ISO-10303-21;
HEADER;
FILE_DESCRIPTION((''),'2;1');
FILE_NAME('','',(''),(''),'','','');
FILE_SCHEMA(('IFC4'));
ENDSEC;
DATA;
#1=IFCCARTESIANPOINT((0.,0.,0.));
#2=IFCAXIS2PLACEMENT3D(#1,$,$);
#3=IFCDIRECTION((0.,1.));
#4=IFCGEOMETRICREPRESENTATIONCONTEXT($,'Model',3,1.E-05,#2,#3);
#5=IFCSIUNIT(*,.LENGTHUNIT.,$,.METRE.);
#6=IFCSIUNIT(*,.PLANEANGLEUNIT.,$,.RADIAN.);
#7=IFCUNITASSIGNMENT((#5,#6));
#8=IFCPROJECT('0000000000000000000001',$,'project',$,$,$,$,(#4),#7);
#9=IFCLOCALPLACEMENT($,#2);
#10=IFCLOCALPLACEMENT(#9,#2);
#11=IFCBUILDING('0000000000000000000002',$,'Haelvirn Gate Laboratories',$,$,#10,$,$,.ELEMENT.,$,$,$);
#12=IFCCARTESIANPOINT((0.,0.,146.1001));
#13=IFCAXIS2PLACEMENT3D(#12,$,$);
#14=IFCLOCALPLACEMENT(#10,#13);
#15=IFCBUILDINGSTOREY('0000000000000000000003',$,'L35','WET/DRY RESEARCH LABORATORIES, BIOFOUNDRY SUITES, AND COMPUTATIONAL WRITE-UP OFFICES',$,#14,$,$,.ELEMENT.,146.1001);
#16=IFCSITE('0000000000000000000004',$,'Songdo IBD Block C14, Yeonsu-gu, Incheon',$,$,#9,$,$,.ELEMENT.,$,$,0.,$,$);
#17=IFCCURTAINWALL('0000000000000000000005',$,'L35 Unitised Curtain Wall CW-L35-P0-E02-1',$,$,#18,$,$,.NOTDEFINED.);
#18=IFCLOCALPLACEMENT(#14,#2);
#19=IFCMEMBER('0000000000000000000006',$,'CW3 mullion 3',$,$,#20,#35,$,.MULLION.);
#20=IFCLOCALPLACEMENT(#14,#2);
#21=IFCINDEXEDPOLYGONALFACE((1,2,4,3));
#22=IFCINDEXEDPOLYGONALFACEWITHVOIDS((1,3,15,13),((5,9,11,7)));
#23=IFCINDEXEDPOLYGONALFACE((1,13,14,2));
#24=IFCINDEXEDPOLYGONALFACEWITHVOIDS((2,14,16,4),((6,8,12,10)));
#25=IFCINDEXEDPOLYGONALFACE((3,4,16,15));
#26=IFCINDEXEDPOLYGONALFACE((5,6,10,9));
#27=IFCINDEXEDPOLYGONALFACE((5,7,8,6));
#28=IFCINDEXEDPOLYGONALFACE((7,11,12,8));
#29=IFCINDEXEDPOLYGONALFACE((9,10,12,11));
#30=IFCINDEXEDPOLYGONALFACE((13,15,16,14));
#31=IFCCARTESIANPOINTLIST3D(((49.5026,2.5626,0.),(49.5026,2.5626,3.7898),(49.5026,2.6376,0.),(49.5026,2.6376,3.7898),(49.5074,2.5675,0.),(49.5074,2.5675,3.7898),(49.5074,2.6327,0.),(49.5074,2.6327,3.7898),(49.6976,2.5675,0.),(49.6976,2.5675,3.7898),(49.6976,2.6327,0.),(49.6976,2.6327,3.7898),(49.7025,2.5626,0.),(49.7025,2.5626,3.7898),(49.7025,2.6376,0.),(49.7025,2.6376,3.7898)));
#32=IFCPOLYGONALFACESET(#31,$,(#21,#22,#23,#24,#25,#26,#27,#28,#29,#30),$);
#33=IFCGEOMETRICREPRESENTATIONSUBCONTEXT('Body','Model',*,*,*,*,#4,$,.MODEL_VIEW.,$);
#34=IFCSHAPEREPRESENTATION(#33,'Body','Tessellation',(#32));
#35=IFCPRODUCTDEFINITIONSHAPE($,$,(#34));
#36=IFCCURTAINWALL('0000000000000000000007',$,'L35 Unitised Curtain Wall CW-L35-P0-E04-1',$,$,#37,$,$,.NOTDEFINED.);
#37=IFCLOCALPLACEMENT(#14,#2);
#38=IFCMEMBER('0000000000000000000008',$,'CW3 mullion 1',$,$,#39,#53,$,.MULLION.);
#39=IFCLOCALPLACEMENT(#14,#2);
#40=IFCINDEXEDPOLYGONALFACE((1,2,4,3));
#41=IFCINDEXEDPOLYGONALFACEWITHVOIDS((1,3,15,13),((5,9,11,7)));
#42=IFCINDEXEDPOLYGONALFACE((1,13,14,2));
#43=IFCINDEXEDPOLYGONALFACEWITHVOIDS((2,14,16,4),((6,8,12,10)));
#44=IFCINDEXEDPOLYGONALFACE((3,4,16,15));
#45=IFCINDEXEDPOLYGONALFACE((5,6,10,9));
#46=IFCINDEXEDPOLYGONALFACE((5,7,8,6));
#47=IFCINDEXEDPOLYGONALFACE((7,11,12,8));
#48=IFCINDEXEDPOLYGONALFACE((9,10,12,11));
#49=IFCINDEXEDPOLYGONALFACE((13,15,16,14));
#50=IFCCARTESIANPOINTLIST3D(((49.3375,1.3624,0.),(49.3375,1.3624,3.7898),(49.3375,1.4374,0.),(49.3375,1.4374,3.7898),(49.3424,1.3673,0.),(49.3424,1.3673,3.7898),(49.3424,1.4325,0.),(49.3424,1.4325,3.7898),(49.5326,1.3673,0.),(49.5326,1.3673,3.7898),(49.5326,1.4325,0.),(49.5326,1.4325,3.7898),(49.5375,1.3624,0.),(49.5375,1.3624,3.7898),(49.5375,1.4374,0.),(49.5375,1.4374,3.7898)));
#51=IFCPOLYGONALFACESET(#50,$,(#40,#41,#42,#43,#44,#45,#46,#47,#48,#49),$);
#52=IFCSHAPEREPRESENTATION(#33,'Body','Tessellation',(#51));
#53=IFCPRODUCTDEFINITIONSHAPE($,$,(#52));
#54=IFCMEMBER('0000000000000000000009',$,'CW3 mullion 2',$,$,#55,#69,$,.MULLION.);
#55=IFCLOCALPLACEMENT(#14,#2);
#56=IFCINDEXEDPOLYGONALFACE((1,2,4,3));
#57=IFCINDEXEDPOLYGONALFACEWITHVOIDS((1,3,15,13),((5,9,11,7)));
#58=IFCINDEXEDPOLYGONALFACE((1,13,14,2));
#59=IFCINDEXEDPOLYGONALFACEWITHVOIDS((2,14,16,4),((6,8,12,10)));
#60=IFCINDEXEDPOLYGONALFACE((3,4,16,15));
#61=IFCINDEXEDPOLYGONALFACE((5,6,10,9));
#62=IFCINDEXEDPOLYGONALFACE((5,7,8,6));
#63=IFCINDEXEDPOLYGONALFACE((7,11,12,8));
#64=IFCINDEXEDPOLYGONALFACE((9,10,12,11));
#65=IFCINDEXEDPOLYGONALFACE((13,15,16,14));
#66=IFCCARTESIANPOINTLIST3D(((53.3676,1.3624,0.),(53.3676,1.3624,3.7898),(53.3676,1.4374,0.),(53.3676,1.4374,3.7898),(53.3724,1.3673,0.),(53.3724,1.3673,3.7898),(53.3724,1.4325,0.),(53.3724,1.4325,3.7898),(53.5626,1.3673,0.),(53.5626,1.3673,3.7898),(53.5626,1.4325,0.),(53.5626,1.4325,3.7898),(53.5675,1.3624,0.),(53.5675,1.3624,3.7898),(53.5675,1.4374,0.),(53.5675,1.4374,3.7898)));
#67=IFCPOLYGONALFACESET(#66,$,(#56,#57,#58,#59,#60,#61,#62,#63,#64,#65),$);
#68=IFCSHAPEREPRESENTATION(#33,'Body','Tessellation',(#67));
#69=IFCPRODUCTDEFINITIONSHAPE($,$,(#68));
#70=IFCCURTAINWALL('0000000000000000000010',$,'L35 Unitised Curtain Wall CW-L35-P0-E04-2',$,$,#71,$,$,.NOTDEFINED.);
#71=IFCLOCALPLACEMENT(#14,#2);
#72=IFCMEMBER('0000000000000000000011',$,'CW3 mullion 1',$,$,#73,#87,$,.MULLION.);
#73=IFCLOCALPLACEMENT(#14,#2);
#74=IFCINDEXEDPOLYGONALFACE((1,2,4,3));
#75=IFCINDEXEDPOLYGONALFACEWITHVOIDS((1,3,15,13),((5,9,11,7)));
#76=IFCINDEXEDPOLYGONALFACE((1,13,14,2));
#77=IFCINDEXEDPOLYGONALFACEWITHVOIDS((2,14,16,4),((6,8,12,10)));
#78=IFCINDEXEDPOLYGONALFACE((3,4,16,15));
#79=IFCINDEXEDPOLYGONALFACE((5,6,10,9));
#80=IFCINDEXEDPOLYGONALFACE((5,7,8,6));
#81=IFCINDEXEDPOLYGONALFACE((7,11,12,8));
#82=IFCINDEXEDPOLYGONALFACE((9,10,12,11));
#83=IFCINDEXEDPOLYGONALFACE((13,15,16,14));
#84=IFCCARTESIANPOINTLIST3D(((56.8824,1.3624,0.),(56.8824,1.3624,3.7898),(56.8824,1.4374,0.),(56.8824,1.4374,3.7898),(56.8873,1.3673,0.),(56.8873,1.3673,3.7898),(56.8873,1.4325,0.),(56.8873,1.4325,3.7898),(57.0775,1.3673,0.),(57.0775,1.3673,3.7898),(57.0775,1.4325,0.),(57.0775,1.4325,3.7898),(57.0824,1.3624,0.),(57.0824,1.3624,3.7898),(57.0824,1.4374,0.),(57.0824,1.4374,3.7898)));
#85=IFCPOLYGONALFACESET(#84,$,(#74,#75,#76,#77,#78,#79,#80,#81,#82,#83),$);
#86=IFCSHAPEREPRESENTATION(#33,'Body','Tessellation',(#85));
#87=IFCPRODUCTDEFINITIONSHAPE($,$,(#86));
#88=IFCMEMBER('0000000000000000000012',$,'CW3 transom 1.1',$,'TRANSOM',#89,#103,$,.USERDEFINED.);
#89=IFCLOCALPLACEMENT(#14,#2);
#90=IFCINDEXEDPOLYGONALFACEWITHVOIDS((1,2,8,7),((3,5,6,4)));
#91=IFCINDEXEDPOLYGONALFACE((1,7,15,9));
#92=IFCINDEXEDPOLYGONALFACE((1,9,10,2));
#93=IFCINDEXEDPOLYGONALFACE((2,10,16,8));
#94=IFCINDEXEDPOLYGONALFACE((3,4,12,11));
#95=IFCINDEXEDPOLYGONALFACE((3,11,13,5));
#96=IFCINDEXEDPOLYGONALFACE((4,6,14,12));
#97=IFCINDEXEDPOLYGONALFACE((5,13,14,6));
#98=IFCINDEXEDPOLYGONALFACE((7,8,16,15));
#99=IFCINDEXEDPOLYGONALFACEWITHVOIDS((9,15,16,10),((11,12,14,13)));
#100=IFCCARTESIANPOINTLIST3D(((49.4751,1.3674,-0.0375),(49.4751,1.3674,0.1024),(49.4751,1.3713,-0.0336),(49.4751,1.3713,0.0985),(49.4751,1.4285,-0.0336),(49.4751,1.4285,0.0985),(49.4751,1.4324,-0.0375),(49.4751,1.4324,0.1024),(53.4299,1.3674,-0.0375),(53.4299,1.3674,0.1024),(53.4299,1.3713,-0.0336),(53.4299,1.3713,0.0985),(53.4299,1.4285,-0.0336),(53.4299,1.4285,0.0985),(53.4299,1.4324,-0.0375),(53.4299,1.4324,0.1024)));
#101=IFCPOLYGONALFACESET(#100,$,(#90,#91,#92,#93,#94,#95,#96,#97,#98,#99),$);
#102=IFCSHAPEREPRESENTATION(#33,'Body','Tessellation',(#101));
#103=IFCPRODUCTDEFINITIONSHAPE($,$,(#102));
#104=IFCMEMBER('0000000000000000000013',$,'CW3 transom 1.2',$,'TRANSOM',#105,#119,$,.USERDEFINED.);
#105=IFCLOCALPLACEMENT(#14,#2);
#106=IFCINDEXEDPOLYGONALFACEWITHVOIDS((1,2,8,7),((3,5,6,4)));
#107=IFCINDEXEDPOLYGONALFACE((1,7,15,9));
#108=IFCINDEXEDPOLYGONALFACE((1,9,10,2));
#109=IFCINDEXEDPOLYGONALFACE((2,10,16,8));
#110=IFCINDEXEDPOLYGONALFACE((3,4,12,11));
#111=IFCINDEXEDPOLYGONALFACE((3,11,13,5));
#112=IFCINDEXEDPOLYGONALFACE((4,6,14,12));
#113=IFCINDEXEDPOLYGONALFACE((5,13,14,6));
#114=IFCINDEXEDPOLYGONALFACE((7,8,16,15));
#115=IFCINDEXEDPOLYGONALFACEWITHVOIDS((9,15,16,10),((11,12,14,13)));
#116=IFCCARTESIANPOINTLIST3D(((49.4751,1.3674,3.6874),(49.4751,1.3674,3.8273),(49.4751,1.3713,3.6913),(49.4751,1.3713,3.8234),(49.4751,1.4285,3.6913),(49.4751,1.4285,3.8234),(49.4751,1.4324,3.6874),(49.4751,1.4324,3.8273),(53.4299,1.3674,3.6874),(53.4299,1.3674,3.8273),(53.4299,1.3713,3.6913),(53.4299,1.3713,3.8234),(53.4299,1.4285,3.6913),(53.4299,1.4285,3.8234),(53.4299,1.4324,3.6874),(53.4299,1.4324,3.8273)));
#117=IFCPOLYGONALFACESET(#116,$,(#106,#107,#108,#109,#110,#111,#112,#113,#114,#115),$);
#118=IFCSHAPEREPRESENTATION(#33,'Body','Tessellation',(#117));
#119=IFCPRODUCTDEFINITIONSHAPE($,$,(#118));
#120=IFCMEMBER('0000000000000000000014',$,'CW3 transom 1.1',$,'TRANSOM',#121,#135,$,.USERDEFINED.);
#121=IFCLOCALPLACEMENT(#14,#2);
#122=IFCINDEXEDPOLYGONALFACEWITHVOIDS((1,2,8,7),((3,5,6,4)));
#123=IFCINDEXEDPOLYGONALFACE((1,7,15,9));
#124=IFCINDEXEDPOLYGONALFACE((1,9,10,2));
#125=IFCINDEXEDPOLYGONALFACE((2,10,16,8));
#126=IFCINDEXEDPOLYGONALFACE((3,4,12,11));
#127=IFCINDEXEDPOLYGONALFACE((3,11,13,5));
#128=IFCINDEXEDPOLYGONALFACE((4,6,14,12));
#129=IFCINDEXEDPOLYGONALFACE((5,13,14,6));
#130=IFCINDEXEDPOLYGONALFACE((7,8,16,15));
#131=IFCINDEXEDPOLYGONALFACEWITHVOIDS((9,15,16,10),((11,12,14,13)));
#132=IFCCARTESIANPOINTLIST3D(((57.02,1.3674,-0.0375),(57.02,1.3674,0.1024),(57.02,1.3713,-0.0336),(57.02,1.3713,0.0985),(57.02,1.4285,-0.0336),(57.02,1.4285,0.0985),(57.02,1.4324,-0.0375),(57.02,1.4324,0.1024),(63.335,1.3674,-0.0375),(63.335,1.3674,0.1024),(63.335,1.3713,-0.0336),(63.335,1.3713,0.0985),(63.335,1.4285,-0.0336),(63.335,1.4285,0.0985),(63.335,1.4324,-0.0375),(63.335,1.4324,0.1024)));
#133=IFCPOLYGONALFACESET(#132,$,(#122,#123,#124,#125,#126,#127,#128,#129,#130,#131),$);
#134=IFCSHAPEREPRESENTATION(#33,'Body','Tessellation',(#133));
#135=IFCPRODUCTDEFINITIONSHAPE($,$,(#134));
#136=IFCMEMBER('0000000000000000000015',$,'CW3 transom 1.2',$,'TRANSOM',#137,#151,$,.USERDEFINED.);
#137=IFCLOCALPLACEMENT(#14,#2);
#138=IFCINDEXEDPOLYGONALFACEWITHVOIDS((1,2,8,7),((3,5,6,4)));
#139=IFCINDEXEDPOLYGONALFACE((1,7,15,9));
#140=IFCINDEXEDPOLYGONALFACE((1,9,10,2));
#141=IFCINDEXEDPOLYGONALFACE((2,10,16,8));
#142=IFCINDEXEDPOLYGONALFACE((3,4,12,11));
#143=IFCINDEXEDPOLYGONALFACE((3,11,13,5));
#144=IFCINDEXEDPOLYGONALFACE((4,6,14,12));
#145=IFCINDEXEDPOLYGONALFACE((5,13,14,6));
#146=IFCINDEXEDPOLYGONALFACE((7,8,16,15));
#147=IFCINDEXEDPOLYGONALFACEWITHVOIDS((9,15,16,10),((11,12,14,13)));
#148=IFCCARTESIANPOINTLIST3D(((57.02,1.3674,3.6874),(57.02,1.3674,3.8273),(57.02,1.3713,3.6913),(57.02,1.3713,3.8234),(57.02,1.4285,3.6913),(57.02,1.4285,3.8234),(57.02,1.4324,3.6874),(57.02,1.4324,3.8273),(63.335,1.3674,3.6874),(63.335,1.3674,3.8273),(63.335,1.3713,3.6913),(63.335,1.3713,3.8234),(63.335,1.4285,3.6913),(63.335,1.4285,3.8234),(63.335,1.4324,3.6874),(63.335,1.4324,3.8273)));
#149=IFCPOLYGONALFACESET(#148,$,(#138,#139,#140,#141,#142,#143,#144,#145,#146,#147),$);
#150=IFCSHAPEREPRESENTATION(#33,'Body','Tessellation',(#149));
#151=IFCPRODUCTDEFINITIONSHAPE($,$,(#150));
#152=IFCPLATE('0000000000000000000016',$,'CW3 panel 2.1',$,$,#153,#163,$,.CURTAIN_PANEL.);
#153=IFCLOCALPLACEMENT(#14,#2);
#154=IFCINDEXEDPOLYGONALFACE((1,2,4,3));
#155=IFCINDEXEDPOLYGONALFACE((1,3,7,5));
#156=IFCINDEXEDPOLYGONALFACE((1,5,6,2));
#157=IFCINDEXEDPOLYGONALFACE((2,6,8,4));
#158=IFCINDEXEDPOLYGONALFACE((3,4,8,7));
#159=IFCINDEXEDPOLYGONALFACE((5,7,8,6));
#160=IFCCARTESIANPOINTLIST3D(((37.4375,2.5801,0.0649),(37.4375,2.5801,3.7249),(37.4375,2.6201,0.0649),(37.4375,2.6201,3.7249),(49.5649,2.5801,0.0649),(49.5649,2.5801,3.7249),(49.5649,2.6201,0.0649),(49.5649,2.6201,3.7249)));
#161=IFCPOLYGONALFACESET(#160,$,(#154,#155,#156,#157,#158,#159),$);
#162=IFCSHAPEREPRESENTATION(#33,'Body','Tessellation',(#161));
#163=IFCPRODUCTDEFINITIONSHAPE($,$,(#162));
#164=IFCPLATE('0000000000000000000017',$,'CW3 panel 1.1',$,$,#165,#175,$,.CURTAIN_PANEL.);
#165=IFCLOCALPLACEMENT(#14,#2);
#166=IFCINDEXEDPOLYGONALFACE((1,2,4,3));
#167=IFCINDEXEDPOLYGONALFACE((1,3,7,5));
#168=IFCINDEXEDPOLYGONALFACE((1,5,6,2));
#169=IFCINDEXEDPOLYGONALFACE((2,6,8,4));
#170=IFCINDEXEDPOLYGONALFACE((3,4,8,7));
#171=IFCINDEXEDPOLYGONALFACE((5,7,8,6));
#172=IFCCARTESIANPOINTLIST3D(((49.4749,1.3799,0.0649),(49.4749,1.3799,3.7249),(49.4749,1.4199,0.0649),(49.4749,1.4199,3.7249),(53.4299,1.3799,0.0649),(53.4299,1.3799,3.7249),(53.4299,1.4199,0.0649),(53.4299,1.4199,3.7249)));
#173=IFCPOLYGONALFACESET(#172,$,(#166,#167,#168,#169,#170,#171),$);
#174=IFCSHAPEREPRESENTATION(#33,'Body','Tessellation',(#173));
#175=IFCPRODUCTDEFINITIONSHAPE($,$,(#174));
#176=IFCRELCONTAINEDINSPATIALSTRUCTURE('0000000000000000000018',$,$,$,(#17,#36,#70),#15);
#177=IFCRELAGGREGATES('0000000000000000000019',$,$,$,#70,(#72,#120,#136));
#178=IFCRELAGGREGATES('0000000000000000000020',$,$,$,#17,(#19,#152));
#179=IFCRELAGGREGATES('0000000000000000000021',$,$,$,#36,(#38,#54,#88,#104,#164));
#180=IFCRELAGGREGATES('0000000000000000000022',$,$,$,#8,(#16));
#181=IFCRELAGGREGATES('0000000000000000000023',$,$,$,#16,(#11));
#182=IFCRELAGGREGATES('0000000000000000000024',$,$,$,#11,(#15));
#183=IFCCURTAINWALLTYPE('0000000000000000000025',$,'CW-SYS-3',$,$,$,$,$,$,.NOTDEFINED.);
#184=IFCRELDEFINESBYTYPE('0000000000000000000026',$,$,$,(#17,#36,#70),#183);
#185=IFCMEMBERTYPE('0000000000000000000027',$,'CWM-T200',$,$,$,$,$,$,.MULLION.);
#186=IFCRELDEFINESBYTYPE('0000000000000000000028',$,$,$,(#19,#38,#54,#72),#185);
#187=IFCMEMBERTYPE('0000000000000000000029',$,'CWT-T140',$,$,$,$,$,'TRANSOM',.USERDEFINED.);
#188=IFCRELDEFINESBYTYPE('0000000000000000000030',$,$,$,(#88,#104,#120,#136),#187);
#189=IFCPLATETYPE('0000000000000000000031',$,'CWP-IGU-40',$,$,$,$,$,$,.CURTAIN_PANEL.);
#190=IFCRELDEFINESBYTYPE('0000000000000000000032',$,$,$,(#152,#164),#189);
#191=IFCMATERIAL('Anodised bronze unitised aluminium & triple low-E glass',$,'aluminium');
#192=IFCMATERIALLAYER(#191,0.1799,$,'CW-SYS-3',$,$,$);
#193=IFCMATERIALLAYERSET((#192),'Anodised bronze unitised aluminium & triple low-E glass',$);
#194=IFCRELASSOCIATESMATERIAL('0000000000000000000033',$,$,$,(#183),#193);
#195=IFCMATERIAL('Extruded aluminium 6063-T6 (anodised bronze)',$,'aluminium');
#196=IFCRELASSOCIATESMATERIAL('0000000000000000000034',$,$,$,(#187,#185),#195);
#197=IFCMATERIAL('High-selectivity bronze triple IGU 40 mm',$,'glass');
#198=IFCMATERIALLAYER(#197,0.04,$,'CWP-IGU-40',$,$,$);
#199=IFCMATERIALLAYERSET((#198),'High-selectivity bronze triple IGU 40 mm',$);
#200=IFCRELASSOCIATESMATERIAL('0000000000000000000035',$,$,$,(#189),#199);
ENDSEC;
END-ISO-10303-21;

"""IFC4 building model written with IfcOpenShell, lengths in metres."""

from ifc_helpers import new_model, si_unit, direction, frame, origin, origin_2d, place, context, subcontext, project, spatial, rectangle, hollow_rectangle, extrude, source, transform, mapped, material, layer, layer_set, material_profile, profile_set, type_object, type_shapes, element, aggregate, save


model = new_model("IFC4")

# Units and contexts
model_context = context("Model", 3, precision=1e-05, world=origin(), true_north=direction((0.0, 1.0)))
body_context = subcontext(model_context, "Body", "Model", "MODEL_VIEW")
ifc_project = project(units=[si_unit("LENGTHUNIT", "METRE"), si_unit("PLANEANGLEUNIT", "RADIAN")], contexts=[model_context])

# Site, building, storey
site_placement = place(None, origin())
site = spatial("IfcSite", under=ifc_project, at=site_placement, Name="Songdo IBD Block C14, Yeonsu-gu, Incheon", CompositionType="ELEMENT", RefElevation=0.0)
building_placement = place(site_placement, origin())
building = spatial("IfcBuilding", under=site, at=building_placement, Name="Haelvirn Gate Laboratories", CompositionType="ELEMENT")
storey_placement = place(building_placement, frame((0.0, 0.0, 146.1001)))
storey = spatial("IfcBuildingStorey", under=building, at=storey_placement, Name="L35", Description="WET/DRY RESEARCH LABORATORIES, BIOFOUNDRY SUITES, AND COMPUTATIONAL WRITE-UP OFFICES", CompositionType="ELEMENT", Elevation=146.1001)

# Curtain walls, members
ifc_material_1 = material(Name="Anodised bronze unitised aluminium & triple low-E glass", Category="aluminium")
ifc_layer_1 = layer(ifc_material_1, 0.1799, Name="CW-SYS-3")
ifc_layer_set_1 = layer_set([ifc_layer_1], Name="Anodised bronze unitised aluminium & triple low-E glass")
curtain_wall_type = type_object("IfcCurtainWallType", Name="CW-SYS-3", PredefinedType="NOTDEFINED", material=ifc_layer_set_1)
curtain_wall_1_placement = place(storey_placement, origin())
curtain_wall_1 = element("IfcCurtainWall", 1, at=curtain_wall_1_placement, inside=storey, type_object=curtain_wall_type, Name="L35 Unitised Curtain Wall CW-L35-P0-E02-1", PredefinedType="NOTDEFINED")
ifc_material_2 = material(Name="Extruded aluminium 6063-T6 (anodised bronze)", Category="aluminium")
ifc_material_profile_1 = material_profile(ifc_material_2, hollow_rectangle(XDim=0.0649, YDim=0.1399, WallThickness=0.0039, at=origin_2d()), Name="CWT-140x65x4")
ifc_profile_set_1 = profile_set([ifc_material_profile_1], Name="Extruded aluminium 6063-T6 (anodised bronze)")
member_type_1 = type_object("IfcMemberType", Name="CWT-T140", ElementType="TRANSOM", PredefinedType="USERDEFINED", material=ifc_profile_set_1)
ifc_material_profile_2 = material_profile(ifc_material_2, hollow_rectangle(XDim=0.075, YDim=0.2, WallThickness=0.0049, at=origin_2d()), Name="CWM-200x75x5")
ifc_profile_set_2 = profile_set([ifc_material_profile_2], Name="Extruded aluminium 6063-T6 (anodised bronze)")
member_type_2 = type_object("IfcMemberType", Name="CWM-T200", PredefinedType="MULLION", material=ifc_profile_set_2)
shared_shape_1 = source(origin(), body_context, "Body", "SweptSolid", [
    extrude(hollow_rectangle(XDim=0.075, YDim=0.2, WallThickness=0.0049, at=origin_2d()), origin(), (0.0, 0.0, 1.0), 3.7898),
])
type_shapes(member_type_2, [shared_shape_1])
member_1_placement = place(storey_placement, frame((49.6025, 2.6001, 0.0), z_axis=(0.0, 0.0, 1.0), x_axis=(0.0, 1.0, 0.0)))
member_1 = element("IfcMember", 2, at=member_1_placement, type_object=member_type_2, Name="CW3 mullion 3", PredefinedType="MULLION", context=body_context, shape_type="MappedRepresentation", body=[
    mapped(shared_shape_1, transform((0.0, 0.0, 0.0), scale=1.0)),
])
curtain_wall_2_placement = place(storey_placement, origin())
curtain_wall_2 = element("IfcCurtainWall", 3, at=curtain_wall_2_placement, inside=storey, type_object=curtain_wall_type, Name="L35 Unitised Curtain Wall CW-L35-P0-E04-1", PredefinedType="NOTDEFINED")
member_2_placement = place(storey_placement, frame((49.4375, 1.3999, 0.0), z_axis=(0.0, 0.0, 1.0), x_axis=(0.0, 1.0, 0.0)))
member_2 = element("IfcMember", 4, at=member_2_placement, type_object=member_type_2, Name="CW3 mullion 1", PredefinedType="MULLION", context=body_context, shape_type="MappedRepresentation", body=[
    mapped(shared_shape_1, transform((0.0, 0.0, 0.0), scale=1.0)),
])
member_3_placement = place(storey_placement, frame((53.4675, 1.3999, 0.0), z_axis=(0.0, 0.0, 1.0), x_axis=(0.0, 1.0, 0.0)))
member_3 = element("IfcMember", 5, at=member_3_placement, type_object=member_type_2, Name="CW3 mullion 2", PredefinedType="MULLION", context=body_context, shape_type="MappedRepresentation", body=[
    mapped(shared_shape_1, transform((0.0, 0.0, 0.0), scale=1.0)),
])

# Curtain wall, member
curtain_wall_3_placement = place(storey_placement, origin())
curtain_wall_3 = element("IfcCurtainWall", 6, at=curtain_wall_3_placement, inside=storey, type_object=curtain_wall_type, Name="L35 Unitised Curtain Wall CW-L35-P0-E04-2", PredefinedType="NOTDEFINED")
member_4_placement = place(storey_placement, frame((56.9824, 1.3999, 0.0), z_axis=(0.0, 0.0, 1.0), x_axis=(0.0, 1.0, 0.0)))
member_4 = element("IfcMember", 7, at=member_4_placement, type_object=member_type_2, Name="CW3 mullion 1", PredefinedType="MULLION", context=body_context, shape_type="MappedRepresentation", body=[
    mapped(shared_shape_1, transform((0.0, 0.0, 0.0), scale=1.0)),
])

# Members
shared_shape_2 = source(origin(), body_context, "Body", "SweptSolid", [
    extrude(hollow_rectangle(XDim=0.0649, YDim=0.1399, WallThickness=0.0039, at=origin_2d()), origin(), (0.0, 0.0, 1.0), 3.9548),
])
member_5_placement = place(storey_placement, frame((49.4751, 1.3999, 0.0325), z_axis=(1.0, 0.0, 0.0), x_axis=(0.0, 1.0, 0.0)))
member_5 = element("IfcMember", 8, at=member_5_placement, type_object=member_type_1, Name="CW3 transom 1.1", ObjectType="TRANSOM", PredefinedType="USERDEFINED", context=body_context, shape_type="MappedRepresentation", body=[
    mapped(shared_shape_2, transform((0.0, 0.0, 0.0), scale=1.0)),
])
member_6_placement = place(storey_placement, frame((49.4751, 1.3999, 3.7573), z_axis=(1.0, 0.0, 0.0), x_axis=(0.0, 1.0, 0.0)))
member_6 = element("IfcMember", 9, at=member_6_placement, type_object=member_type_1, Name="CW3 transom 1.2", ObjectType="TRANSOM", PredefinedType="USERDEFINED", context=body_context, shape_type="MappedRepresentation", body=[
    mapped(shared_shape_2, transform((0.0, 0.0, 0.0), scale=1.0)),
])
shared_shape_3 = source(origin(), body_context, "Body", "SweptSolid", [
    extrude(hollow_rectangle(XDim=0.0649, YDim=0.1399, WallThickness=0.0039, at=origin_2d()), origin(), (0.0, 0.0, 1.0), 6.3149),
])
member_7_placement = place(storey_placement, frame((57.02, 1.3999, 0.0325), z_axis=(1.0, 0.0, 0.0), x_axis=(0.0, 1.0, 0.0)))
member_7 = element("IfcMember", 10, at=member_7_placement, type_object=member_type_1, Name="CW3 transom 1.1", ObjectType="TRANSOM", PredefinedType="USERDEFINED", context=body_context, shape_type="MappedRepresentation", body=[
    mapped(shared_shape_3, transform((0.0, 0.0, 0.0), scale=1.0)),
])
member_8_placement = place(storey_placement, frame((57.02, 1.3999, 3.7573), z_axis=(1.0, 0.0, 0.0), x_axis=(0.0, 1.0, 0.0)))
member_8 = element("IfcMember", 11, at=member_8_placement, type_object=member_type_1, Name="CW3 transom 1.2", ObjectType="TRANSOM", PredefinedType="USERDEFINED", context=body_context, shape_type="MappedRepresentation", body=[
    mapped(shared_shape_3, transform((0.0, 0.0, 0.0), scale=1.0)),
])
aggregate(curtain_wall_3, [member_4, member_7, member_8])

# Plates
ifc_material_3 = material(Name="High-selectivity bronze triple IGU 40 mm", Category="glass")
ifc_layer_2 = layer(ifc_material_3, 0.04, Name="CWP-IGU-40")
ifc_layer_set_2 = layer_set([ifc_layer_2], Name="High-selectivity bronze triple IGU 40 mm")
plate_type = type_object("IfcPlateType", Name="CWP-IGU-40", PredefinedType="CURTAIN_PANEL", material=ifc_layer_set_2)
shared_shape_4 = source(origin(), body_context, "Body", "SweptSolid", [
    extrude(rectangle(XDim=12.1274, YDim=0.04, at=origin_2d()), origin(), (0.0, 0.0, 1.0), 3.6599),
])
plate_1_placement = place(storey_placement, frame((43.5012, 2.6001, 0.0649), z_axis=(0.0, 0.0, 1.0), x_axis=(1.0, 0.0, 0.0)))
plate_1 = element("IfcPlate", 12, at=plate_1_placement, type_object=plate_type, Name="CW3 panel 2.1", PredefinedType="CURTAIN_PANEL", context=body_context, shape_type="MappedRepresentation", body=[
    mapped(shared_shape_4, transform((0.0, 0.0, 0.0), scale=1.0)),
])
aggregate(curtain_wall_1, [member_1, plate_1])
shared_shape_5 = source(origin(), body_context, "Body", "SweptSolid", [
    extrude(rectangle(XDim=3.9551, YDim=0.04, at=origin_2d()), origin(), (0.0, 0.0, 1.0), 3.6599),
])
type_shapes(plate_type, [shared_shape_4, shared_shape_5])
plate_2_placement = place(storey_placement, frame((51.4524, 1.3999, 0.0649), z_axis=(0.0, 0.0, 1.0), x_axis=(1.0, 0.0, 0.0)))
plate_2 = element("IfcPlate", 13, at=plate_2_placement, type_object=plate_type, Name="CW3 panel 1.1", PredefinedType="CURTAIN_PANEL", context=body_context, shape_type="MappedRepresentation", body=[
    mapped(shared_shape_5, transform((0.0, 0.0, 0.0), scale=1.0)),
])
aggregate(curtain_wall_2, [member_2, member_3, member_5, member_6, plate_2])

save(model, "model.ifc")
